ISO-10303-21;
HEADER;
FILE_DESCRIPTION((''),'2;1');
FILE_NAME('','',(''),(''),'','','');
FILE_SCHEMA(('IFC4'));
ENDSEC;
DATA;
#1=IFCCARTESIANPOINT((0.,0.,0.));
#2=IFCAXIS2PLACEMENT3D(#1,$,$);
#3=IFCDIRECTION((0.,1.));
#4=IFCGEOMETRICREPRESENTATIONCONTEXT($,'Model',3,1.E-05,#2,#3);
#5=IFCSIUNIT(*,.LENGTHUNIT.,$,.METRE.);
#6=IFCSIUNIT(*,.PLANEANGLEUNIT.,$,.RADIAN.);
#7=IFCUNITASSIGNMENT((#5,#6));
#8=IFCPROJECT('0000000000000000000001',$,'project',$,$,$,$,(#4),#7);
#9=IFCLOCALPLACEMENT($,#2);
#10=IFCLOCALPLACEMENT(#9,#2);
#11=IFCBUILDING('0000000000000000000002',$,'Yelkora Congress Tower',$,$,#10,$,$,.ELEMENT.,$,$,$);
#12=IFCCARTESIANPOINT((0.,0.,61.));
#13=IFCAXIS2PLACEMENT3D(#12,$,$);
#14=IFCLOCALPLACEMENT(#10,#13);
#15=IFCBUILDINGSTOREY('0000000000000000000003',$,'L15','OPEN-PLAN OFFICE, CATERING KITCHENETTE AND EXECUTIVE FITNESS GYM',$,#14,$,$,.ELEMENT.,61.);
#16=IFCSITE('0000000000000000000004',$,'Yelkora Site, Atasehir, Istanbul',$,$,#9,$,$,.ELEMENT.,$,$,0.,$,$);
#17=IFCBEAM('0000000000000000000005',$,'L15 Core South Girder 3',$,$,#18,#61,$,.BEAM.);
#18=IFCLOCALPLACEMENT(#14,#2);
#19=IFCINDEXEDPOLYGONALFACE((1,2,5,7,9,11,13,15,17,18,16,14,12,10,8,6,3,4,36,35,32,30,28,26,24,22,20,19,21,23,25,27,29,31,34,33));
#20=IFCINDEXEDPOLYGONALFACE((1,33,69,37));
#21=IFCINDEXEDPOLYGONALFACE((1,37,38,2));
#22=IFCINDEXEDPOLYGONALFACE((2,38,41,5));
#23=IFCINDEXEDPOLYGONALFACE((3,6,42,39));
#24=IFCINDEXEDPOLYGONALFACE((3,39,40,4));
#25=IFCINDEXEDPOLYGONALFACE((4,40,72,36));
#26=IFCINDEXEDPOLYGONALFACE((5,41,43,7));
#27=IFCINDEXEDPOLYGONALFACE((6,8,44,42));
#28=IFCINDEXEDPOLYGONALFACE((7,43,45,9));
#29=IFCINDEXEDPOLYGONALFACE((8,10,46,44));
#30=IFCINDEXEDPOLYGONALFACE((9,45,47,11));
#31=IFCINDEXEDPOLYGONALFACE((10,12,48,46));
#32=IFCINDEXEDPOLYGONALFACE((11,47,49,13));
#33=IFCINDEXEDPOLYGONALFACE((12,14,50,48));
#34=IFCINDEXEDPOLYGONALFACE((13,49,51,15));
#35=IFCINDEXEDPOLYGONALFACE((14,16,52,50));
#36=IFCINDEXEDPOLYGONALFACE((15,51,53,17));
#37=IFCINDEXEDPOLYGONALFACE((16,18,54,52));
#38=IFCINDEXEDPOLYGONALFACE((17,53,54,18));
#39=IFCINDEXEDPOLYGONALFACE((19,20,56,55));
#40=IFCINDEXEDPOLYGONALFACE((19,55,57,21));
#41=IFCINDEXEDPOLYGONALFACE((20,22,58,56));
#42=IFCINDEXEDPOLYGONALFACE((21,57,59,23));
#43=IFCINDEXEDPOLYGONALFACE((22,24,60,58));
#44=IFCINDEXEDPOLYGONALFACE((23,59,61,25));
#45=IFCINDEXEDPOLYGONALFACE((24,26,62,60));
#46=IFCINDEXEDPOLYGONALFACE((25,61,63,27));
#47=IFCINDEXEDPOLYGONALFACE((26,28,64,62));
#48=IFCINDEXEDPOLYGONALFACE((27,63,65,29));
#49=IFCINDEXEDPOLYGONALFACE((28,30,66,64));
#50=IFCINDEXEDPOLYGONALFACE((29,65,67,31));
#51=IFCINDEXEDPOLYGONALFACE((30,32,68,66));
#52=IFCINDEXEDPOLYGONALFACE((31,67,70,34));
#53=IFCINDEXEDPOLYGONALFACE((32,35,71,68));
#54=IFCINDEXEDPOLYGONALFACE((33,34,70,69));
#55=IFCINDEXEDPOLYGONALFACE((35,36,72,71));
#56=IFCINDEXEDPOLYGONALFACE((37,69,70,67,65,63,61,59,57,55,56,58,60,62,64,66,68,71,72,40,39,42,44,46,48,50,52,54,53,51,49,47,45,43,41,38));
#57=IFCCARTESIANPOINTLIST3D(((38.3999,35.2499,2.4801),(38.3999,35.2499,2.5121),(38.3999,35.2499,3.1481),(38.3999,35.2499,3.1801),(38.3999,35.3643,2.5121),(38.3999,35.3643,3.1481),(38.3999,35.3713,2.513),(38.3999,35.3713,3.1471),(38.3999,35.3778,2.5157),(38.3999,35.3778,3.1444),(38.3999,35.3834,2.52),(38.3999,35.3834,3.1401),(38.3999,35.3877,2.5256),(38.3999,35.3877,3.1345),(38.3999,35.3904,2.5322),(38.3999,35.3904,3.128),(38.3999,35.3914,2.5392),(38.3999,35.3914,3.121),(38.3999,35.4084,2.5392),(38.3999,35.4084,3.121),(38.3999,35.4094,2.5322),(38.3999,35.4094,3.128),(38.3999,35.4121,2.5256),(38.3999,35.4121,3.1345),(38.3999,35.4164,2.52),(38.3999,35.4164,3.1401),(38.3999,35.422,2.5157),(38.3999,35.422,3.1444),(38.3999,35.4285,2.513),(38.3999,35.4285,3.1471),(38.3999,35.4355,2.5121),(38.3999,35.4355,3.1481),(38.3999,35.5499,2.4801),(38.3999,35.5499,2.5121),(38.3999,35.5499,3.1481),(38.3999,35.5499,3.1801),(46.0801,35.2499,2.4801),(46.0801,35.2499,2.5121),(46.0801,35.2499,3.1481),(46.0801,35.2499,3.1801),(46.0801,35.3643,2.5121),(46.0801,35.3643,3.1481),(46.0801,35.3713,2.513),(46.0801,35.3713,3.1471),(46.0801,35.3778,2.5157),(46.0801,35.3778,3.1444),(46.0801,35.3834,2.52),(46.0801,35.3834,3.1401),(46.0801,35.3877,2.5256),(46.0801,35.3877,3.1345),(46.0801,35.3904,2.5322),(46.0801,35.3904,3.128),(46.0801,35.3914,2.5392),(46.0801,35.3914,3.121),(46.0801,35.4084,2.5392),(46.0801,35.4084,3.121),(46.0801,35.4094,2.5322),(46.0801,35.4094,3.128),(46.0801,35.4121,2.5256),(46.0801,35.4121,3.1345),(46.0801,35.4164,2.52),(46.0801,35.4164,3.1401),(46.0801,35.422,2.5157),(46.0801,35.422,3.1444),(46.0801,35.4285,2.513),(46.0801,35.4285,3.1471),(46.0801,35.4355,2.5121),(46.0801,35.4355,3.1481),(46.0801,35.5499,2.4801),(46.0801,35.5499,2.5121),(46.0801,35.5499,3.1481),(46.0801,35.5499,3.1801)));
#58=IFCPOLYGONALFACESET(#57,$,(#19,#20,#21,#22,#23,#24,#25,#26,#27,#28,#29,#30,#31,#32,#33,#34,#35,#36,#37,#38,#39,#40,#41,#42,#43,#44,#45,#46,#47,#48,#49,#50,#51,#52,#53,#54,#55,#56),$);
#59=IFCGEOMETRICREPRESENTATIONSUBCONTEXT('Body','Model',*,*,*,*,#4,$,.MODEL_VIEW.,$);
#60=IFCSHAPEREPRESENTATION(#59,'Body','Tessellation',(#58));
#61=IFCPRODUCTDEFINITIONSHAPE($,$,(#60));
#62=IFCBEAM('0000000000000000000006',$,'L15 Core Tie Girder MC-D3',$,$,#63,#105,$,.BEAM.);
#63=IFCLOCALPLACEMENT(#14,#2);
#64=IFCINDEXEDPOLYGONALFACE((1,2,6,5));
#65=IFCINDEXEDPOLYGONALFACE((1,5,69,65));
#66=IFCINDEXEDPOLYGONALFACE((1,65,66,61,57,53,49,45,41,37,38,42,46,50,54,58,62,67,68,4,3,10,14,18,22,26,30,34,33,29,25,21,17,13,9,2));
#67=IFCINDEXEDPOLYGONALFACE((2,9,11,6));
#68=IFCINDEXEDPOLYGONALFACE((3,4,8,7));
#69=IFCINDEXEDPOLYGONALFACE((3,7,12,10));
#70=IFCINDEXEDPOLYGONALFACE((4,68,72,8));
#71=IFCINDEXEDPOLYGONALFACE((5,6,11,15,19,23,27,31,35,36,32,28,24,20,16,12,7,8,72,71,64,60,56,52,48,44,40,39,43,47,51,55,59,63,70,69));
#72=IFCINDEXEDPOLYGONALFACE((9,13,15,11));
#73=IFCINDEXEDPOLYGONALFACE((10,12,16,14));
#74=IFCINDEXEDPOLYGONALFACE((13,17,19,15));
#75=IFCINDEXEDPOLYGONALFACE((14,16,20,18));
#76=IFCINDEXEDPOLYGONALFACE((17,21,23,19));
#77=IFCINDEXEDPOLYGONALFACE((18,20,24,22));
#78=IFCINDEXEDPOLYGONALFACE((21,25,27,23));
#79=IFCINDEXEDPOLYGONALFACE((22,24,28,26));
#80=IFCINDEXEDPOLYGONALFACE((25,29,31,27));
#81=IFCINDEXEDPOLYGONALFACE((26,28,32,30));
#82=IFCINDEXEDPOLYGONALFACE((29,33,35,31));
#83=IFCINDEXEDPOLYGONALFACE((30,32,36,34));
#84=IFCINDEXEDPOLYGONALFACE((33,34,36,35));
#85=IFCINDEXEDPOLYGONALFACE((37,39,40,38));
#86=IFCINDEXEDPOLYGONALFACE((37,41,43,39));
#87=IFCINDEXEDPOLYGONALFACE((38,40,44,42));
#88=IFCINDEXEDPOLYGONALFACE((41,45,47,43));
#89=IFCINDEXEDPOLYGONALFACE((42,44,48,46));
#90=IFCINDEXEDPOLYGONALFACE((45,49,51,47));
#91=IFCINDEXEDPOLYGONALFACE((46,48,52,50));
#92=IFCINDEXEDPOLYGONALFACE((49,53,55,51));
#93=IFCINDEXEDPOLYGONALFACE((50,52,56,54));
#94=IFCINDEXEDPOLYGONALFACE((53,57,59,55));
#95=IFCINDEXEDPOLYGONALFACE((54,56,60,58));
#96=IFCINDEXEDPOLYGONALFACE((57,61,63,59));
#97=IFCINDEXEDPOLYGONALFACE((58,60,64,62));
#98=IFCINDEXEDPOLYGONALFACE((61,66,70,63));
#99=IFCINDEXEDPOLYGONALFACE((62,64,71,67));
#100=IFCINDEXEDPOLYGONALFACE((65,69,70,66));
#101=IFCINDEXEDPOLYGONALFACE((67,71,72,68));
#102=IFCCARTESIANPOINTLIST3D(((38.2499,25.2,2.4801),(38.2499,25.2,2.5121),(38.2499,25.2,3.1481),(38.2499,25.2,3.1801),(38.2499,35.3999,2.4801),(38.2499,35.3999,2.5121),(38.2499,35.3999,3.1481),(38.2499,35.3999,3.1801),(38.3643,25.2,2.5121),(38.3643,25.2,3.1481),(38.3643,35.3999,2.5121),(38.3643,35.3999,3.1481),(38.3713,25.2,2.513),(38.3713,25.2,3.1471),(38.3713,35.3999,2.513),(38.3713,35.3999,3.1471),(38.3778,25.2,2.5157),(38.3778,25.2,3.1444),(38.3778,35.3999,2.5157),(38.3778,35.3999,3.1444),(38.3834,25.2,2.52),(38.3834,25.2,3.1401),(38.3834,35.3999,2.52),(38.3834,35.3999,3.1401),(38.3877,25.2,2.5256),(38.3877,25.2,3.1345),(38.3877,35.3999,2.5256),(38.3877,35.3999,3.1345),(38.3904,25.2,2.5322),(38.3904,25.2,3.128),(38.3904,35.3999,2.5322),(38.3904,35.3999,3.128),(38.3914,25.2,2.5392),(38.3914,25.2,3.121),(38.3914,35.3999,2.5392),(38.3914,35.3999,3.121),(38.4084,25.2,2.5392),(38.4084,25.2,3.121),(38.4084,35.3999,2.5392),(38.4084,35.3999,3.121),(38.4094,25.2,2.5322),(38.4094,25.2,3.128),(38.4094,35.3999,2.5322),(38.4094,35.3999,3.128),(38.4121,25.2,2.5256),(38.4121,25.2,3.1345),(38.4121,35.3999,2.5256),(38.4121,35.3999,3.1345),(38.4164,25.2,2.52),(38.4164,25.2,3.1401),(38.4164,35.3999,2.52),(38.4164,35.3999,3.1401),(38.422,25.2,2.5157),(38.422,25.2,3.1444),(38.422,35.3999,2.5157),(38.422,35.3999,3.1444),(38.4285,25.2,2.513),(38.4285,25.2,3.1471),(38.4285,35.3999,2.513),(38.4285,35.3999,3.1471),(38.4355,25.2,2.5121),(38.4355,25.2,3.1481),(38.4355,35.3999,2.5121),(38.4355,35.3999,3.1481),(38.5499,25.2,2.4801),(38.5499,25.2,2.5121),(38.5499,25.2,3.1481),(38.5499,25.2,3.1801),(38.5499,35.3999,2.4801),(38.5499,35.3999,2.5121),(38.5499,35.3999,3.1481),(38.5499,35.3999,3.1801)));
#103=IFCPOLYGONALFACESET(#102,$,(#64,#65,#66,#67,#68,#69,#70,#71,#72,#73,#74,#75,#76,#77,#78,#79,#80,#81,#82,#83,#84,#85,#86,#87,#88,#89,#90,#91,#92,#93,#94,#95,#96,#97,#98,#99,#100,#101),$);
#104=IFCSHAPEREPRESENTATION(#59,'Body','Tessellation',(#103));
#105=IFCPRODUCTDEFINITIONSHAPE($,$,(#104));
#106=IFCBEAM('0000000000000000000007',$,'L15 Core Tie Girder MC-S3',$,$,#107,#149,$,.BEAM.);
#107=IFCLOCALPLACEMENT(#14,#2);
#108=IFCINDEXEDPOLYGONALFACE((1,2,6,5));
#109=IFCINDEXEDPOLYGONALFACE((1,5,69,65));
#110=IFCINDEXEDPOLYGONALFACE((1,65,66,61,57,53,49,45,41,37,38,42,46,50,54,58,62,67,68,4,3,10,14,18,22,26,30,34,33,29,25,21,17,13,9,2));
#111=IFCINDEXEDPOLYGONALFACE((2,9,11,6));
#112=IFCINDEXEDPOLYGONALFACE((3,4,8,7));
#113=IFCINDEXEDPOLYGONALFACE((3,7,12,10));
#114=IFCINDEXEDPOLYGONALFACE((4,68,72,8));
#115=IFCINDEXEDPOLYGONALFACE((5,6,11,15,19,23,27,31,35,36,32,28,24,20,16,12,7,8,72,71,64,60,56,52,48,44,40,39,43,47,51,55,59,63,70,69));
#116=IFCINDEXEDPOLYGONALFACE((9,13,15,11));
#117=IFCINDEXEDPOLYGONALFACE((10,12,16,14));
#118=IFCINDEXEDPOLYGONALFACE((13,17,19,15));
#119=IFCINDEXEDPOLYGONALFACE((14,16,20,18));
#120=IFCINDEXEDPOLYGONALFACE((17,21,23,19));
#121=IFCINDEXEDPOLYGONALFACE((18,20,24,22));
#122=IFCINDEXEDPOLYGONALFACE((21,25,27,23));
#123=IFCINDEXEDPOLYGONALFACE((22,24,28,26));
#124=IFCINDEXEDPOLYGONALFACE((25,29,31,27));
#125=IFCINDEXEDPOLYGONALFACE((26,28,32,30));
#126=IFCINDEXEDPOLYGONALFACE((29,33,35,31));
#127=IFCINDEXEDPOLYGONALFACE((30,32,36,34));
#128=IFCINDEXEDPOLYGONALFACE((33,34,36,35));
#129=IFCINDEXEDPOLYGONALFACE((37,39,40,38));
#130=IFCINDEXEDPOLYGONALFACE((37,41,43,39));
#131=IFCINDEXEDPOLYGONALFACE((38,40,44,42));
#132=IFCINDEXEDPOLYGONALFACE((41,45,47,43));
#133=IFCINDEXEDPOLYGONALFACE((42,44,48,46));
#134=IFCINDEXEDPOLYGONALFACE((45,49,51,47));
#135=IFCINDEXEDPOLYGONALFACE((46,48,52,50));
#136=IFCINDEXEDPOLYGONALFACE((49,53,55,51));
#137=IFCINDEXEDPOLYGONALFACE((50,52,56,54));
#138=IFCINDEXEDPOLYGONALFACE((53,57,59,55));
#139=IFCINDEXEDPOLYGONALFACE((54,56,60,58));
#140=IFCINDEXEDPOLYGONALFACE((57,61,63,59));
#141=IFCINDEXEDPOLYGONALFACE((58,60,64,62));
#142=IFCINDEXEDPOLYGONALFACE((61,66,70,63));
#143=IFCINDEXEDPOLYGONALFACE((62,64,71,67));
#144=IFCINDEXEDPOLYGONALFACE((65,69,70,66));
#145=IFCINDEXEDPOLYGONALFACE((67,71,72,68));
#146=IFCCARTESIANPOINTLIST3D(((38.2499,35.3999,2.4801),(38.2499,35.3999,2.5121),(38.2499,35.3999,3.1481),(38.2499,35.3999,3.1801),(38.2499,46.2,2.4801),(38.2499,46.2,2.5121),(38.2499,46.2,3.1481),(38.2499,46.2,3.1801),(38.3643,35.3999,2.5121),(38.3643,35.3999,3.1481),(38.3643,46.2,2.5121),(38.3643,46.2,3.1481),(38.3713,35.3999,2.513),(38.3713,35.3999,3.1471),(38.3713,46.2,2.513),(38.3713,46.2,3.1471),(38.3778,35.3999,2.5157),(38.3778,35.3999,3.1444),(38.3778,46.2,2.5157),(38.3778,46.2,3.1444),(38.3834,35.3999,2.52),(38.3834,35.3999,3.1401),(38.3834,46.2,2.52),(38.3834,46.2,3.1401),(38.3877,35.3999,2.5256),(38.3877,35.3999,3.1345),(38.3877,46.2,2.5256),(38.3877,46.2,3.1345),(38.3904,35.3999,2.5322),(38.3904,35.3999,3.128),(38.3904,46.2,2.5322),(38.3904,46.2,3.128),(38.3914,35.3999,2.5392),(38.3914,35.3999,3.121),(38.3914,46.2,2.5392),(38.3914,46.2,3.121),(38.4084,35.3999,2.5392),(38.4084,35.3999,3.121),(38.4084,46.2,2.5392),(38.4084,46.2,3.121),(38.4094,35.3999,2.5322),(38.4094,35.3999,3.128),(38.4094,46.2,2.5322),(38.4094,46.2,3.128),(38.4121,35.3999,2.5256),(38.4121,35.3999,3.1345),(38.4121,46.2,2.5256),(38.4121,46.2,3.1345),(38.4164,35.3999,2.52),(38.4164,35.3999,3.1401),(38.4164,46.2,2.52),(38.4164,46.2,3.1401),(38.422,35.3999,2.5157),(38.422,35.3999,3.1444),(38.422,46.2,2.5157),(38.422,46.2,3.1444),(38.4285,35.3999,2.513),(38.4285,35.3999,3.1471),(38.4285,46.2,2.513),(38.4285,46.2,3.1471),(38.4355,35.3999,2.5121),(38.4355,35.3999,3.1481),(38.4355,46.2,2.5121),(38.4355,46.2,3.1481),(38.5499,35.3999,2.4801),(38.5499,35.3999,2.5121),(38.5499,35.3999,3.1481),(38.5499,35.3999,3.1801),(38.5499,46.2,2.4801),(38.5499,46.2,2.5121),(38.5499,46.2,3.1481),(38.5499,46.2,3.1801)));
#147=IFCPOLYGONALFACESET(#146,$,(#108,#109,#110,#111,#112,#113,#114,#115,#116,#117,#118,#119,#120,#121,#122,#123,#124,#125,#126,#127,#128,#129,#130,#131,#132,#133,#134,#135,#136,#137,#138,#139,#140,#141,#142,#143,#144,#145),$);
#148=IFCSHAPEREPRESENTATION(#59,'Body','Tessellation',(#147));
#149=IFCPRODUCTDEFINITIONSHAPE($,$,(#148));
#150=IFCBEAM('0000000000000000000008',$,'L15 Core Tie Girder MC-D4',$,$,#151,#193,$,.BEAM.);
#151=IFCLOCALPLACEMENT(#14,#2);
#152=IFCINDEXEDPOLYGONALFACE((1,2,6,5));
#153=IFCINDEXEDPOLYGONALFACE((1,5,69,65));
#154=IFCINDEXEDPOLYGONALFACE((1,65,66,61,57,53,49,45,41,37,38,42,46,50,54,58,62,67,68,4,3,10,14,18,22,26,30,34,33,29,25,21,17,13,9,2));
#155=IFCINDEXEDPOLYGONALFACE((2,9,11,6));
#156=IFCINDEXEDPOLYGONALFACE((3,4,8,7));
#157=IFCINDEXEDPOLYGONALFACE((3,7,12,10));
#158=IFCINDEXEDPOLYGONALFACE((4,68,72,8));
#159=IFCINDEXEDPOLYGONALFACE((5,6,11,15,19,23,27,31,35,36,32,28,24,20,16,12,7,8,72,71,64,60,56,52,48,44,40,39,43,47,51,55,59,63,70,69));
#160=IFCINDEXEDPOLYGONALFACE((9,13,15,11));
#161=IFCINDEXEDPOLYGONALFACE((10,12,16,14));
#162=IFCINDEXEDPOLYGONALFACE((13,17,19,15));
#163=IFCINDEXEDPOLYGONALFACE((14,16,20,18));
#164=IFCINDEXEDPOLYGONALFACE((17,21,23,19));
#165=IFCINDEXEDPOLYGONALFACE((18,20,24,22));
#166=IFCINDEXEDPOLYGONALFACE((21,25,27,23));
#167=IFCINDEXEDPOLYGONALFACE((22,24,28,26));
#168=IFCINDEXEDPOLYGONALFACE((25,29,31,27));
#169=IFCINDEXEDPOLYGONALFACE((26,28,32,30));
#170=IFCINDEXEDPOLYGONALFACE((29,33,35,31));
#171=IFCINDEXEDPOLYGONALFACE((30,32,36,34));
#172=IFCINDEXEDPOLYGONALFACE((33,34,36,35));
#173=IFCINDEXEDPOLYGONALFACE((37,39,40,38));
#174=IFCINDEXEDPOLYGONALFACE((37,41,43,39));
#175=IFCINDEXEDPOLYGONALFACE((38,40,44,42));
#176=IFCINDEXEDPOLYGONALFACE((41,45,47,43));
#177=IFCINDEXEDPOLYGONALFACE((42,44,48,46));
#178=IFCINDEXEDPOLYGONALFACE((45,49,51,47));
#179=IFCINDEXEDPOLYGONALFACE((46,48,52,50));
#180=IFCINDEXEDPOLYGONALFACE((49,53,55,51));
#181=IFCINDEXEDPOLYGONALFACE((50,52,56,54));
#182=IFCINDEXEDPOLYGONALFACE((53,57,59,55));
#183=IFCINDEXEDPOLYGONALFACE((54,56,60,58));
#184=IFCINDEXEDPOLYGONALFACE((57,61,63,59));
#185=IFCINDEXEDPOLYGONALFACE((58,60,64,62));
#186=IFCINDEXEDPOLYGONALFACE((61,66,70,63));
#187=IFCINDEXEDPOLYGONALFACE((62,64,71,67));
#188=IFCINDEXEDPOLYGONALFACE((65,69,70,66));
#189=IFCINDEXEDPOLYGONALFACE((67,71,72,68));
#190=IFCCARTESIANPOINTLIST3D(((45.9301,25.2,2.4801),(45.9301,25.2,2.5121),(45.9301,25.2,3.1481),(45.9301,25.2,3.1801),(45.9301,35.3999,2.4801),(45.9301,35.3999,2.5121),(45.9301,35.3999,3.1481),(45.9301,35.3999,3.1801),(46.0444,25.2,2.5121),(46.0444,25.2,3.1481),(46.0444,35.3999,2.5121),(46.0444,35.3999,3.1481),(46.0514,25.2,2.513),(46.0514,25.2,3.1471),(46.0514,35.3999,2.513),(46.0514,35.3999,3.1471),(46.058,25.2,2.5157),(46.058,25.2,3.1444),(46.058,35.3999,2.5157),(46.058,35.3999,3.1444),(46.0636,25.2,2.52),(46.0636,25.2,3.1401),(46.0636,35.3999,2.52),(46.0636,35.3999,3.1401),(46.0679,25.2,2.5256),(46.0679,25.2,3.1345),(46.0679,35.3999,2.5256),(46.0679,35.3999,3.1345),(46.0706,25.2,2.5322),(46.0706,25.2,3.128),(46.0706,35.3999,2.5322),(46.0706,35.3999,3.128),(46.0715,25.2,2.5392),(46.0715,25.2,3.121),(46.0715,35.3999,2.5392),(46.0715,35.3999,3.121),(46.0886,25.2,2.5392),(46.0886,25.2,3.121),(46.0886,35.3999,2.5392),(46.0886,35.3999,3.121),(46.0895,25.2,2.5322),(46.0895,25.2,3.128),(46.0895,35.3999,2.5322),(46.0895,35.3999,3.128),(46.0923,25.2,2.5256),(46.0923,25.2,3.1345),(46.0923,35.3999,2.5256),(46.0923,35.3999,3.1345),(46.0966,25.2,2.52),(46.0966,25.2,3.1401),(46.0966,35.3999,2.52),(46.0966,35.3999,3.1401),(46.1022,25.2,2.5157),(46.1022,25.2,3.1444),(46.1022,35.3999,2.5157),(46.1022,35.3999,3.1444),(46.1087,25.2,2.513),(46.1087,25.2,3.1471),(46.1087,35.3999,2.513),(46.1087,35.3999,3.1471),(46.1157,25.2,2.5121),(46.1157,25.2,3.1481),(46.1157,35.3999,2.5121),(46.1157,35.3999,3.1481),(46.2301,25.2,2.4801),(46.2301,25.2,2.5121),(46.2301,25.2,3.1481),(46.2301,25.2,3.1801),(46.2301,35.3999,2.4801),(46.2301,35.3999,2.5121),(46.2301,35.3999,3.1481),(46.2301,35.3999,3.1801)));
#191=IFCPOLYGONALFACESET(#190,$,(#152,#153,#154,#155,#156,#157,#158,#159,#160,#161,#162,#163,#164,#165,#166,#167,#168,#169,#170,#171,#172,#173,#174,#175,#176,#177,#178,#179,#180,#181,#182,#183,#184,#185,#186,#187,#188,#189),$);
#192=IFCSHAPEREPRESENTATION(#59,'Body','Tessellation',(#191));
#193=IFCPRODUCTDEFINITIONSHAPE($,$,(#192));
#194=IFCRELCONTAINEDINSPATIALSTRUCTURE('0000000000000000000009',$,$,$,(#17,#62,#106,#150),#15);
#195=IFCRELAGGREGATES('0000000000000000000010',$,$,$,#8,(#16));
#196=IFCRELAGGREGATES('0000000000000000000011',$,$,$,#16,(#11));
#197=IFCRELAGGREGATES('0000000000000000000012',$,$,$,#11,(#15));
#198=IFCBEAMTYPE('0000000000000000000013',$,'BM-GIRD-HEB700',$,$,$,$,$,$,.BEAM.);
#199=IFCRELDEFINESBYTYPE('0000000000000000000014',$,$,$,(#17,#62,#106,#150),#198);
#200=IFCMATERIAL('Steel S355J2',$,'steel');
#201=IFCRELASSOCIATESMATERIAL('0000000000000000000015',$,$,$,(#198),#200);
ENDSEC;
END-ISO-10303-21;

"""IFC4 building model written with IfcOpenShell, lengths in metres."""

from ifc_helpers import new_model, si_unit, direction, frame, origin, origin_2d, place, context, subcontext, project, spatial, i_section, extrude, material, material_profile, profile_set, type_object, element, save


model = new_model("IFC4")

# Units and contexts
model_context = context("Model", 3, precision=1e-05, world=origin(), true_north=direction((0.0, 1.0)))
body_context = subcontext(model_context, "Body", "Model", "MODEL_VIEW")
ifc_project = project(units=[si_unit("LENGTHUNIT", "METRE"), si_unit("PLANEANGLEUNIT", "RADIAN")], contexts=[model_context])

# Site, building, storey
site_placement = place(None, origin())
site = spatial("IfcSite", under=ifc_project, at=site_placement, Name="Yelkora Site, Atasehir, Istanbul", CompositionType="ELEMENT", RefElevation=0.0)
building_placement = place(site_placement, origin())
building = spatial("IfcBuilding", under=site, at=building_placement, Name="Yelkora Congress Tower", CompositionType="ELEMENT")
storey_placement = place(building_placement, frame((0.0, 0.0, 61.0)))
storey = spatial("IfcBuildingStorey", under=building, at=storey_placement, Name="L15", Description="OPEN-PLAN OFFICE, CATERING KITCHENETTE AND EXECUTIVE FITNESS GYM", CompositionType="ELEMENT", Elevation=61.0)

# Beams
ifc_material_1 = material(Name="Steel S355J2", Category="steel")
ifc_material_profile_1 = material_profile(ifc_material_1, i_section(OverallWidth=0.3, OverallDepth=0.7, WebThickness=0.0171, FlangeThickness=0.032, FilletRadius=0.0271, at=origin_2d()), Name="HEB 700")
ifc_profile_set_1 = profile_set([ifc_material_profile_1], Name="Steel S355J2")
beam_type_1 = type_object("IfcBeamType", Name="BM-GIRD-HEB700", PredefinedType="BEAM", material=ifc_profile_set_1)
beam_1_placement = place(storey_placement, frame((38.3999, 35.3999, 2.8301), z_axis=(1.0, 0.0, 0.0), x_axis=(0.0, 1.0, 0.0)))
element("IfcBeam", 1, at=beam_1_placement, inside=storey, type_object=beam_type_1, Name="L15 Core South Girder 3", PredefinedType="BEAM", context=body_context, shape_type="SweptSolid", body=[
    extrude(i_section(OverallWidth=0.3, OverallDepth=0.7, WebThickness=0.0171, FlangeThickness=0.032, FilletRadius=0.0271, at=origin_2d()), origin(), (0.0, 0.0, 1.0), 7.6802),
])
beam_2_placement = place(storey_placement, frame((38.3999, 25.2, 2.8301), z_axis=(0.0, 1.0, 0.0), x_axis=(-1.0, 0.0, 0.0)))
element("IfcBeam", 2, at=beam_2_placement, inside=storey, type_object=beam_type_1, Name="L15 Core Tie Girder MC-D3", PredefinedType="BEAM", context=body_context, shape_type="SweptSolid", body=[
    extrude(i_section(OverallWidth=0.3, OverallDepth=0.7, WebThickness=0.0171, FlangeThickness=0.032, FilletRadius=0.0271, at=origin_2d()), origin(), (0.0, 0.0, 1.0), 10.2),
])
beam_3_placement = place(storey_placement, frame((38.3999, 35.3999, 2.8301), z_axis=(0.0, 1.0, 0.0), x_axis=(-1.0, 0.0, 0.0)))
element("IfcBeam", 3, at=beam_3_placement, inside=storey, type_object=beam_type_1, Name="L15 Core Tie Girder MC-S3", PredefinedType="BEAM", context=body_context, shape_type="SweptSolid", body=[
    extrude(i_section(OverallWidth=0.3, OverallDepth=0.7, WebThickness=0.0171, FlangeThickness=0.032, FilletRadius=0.0271, at=origin_2d()), origin(), (0.0, 0.0, 1.0), 10.8),
])
for number, where, z_axis, x_axis, name in (
    (4, (46.0801, 25.2, 2.8301), (0.0, 1.0, 0.0), (-1.0, 0.0, 0.0), "L15 Core Tie Girder MC-D4"),
):
    element("IfcBeam", number, at=place(storey_placement, frame(where, z_axis=z_axis, x_axis=x_axis)), inside=storey, type_object=beam_type_1, Name=name, PredefinedType="BEAM", context=body_context, shape_type="SweptSolid", body=[
        extrude(i_section(OverallWidth=0.3, OverallDepth=0.7, WebThickness=0.0171, FlangeThickness=0.032, FilletRadius=0.0271, at=origin_2d()), origin(), (0.0, 0.0, 1.0), 10.2),
    ])

save(model, "model.ifc")
